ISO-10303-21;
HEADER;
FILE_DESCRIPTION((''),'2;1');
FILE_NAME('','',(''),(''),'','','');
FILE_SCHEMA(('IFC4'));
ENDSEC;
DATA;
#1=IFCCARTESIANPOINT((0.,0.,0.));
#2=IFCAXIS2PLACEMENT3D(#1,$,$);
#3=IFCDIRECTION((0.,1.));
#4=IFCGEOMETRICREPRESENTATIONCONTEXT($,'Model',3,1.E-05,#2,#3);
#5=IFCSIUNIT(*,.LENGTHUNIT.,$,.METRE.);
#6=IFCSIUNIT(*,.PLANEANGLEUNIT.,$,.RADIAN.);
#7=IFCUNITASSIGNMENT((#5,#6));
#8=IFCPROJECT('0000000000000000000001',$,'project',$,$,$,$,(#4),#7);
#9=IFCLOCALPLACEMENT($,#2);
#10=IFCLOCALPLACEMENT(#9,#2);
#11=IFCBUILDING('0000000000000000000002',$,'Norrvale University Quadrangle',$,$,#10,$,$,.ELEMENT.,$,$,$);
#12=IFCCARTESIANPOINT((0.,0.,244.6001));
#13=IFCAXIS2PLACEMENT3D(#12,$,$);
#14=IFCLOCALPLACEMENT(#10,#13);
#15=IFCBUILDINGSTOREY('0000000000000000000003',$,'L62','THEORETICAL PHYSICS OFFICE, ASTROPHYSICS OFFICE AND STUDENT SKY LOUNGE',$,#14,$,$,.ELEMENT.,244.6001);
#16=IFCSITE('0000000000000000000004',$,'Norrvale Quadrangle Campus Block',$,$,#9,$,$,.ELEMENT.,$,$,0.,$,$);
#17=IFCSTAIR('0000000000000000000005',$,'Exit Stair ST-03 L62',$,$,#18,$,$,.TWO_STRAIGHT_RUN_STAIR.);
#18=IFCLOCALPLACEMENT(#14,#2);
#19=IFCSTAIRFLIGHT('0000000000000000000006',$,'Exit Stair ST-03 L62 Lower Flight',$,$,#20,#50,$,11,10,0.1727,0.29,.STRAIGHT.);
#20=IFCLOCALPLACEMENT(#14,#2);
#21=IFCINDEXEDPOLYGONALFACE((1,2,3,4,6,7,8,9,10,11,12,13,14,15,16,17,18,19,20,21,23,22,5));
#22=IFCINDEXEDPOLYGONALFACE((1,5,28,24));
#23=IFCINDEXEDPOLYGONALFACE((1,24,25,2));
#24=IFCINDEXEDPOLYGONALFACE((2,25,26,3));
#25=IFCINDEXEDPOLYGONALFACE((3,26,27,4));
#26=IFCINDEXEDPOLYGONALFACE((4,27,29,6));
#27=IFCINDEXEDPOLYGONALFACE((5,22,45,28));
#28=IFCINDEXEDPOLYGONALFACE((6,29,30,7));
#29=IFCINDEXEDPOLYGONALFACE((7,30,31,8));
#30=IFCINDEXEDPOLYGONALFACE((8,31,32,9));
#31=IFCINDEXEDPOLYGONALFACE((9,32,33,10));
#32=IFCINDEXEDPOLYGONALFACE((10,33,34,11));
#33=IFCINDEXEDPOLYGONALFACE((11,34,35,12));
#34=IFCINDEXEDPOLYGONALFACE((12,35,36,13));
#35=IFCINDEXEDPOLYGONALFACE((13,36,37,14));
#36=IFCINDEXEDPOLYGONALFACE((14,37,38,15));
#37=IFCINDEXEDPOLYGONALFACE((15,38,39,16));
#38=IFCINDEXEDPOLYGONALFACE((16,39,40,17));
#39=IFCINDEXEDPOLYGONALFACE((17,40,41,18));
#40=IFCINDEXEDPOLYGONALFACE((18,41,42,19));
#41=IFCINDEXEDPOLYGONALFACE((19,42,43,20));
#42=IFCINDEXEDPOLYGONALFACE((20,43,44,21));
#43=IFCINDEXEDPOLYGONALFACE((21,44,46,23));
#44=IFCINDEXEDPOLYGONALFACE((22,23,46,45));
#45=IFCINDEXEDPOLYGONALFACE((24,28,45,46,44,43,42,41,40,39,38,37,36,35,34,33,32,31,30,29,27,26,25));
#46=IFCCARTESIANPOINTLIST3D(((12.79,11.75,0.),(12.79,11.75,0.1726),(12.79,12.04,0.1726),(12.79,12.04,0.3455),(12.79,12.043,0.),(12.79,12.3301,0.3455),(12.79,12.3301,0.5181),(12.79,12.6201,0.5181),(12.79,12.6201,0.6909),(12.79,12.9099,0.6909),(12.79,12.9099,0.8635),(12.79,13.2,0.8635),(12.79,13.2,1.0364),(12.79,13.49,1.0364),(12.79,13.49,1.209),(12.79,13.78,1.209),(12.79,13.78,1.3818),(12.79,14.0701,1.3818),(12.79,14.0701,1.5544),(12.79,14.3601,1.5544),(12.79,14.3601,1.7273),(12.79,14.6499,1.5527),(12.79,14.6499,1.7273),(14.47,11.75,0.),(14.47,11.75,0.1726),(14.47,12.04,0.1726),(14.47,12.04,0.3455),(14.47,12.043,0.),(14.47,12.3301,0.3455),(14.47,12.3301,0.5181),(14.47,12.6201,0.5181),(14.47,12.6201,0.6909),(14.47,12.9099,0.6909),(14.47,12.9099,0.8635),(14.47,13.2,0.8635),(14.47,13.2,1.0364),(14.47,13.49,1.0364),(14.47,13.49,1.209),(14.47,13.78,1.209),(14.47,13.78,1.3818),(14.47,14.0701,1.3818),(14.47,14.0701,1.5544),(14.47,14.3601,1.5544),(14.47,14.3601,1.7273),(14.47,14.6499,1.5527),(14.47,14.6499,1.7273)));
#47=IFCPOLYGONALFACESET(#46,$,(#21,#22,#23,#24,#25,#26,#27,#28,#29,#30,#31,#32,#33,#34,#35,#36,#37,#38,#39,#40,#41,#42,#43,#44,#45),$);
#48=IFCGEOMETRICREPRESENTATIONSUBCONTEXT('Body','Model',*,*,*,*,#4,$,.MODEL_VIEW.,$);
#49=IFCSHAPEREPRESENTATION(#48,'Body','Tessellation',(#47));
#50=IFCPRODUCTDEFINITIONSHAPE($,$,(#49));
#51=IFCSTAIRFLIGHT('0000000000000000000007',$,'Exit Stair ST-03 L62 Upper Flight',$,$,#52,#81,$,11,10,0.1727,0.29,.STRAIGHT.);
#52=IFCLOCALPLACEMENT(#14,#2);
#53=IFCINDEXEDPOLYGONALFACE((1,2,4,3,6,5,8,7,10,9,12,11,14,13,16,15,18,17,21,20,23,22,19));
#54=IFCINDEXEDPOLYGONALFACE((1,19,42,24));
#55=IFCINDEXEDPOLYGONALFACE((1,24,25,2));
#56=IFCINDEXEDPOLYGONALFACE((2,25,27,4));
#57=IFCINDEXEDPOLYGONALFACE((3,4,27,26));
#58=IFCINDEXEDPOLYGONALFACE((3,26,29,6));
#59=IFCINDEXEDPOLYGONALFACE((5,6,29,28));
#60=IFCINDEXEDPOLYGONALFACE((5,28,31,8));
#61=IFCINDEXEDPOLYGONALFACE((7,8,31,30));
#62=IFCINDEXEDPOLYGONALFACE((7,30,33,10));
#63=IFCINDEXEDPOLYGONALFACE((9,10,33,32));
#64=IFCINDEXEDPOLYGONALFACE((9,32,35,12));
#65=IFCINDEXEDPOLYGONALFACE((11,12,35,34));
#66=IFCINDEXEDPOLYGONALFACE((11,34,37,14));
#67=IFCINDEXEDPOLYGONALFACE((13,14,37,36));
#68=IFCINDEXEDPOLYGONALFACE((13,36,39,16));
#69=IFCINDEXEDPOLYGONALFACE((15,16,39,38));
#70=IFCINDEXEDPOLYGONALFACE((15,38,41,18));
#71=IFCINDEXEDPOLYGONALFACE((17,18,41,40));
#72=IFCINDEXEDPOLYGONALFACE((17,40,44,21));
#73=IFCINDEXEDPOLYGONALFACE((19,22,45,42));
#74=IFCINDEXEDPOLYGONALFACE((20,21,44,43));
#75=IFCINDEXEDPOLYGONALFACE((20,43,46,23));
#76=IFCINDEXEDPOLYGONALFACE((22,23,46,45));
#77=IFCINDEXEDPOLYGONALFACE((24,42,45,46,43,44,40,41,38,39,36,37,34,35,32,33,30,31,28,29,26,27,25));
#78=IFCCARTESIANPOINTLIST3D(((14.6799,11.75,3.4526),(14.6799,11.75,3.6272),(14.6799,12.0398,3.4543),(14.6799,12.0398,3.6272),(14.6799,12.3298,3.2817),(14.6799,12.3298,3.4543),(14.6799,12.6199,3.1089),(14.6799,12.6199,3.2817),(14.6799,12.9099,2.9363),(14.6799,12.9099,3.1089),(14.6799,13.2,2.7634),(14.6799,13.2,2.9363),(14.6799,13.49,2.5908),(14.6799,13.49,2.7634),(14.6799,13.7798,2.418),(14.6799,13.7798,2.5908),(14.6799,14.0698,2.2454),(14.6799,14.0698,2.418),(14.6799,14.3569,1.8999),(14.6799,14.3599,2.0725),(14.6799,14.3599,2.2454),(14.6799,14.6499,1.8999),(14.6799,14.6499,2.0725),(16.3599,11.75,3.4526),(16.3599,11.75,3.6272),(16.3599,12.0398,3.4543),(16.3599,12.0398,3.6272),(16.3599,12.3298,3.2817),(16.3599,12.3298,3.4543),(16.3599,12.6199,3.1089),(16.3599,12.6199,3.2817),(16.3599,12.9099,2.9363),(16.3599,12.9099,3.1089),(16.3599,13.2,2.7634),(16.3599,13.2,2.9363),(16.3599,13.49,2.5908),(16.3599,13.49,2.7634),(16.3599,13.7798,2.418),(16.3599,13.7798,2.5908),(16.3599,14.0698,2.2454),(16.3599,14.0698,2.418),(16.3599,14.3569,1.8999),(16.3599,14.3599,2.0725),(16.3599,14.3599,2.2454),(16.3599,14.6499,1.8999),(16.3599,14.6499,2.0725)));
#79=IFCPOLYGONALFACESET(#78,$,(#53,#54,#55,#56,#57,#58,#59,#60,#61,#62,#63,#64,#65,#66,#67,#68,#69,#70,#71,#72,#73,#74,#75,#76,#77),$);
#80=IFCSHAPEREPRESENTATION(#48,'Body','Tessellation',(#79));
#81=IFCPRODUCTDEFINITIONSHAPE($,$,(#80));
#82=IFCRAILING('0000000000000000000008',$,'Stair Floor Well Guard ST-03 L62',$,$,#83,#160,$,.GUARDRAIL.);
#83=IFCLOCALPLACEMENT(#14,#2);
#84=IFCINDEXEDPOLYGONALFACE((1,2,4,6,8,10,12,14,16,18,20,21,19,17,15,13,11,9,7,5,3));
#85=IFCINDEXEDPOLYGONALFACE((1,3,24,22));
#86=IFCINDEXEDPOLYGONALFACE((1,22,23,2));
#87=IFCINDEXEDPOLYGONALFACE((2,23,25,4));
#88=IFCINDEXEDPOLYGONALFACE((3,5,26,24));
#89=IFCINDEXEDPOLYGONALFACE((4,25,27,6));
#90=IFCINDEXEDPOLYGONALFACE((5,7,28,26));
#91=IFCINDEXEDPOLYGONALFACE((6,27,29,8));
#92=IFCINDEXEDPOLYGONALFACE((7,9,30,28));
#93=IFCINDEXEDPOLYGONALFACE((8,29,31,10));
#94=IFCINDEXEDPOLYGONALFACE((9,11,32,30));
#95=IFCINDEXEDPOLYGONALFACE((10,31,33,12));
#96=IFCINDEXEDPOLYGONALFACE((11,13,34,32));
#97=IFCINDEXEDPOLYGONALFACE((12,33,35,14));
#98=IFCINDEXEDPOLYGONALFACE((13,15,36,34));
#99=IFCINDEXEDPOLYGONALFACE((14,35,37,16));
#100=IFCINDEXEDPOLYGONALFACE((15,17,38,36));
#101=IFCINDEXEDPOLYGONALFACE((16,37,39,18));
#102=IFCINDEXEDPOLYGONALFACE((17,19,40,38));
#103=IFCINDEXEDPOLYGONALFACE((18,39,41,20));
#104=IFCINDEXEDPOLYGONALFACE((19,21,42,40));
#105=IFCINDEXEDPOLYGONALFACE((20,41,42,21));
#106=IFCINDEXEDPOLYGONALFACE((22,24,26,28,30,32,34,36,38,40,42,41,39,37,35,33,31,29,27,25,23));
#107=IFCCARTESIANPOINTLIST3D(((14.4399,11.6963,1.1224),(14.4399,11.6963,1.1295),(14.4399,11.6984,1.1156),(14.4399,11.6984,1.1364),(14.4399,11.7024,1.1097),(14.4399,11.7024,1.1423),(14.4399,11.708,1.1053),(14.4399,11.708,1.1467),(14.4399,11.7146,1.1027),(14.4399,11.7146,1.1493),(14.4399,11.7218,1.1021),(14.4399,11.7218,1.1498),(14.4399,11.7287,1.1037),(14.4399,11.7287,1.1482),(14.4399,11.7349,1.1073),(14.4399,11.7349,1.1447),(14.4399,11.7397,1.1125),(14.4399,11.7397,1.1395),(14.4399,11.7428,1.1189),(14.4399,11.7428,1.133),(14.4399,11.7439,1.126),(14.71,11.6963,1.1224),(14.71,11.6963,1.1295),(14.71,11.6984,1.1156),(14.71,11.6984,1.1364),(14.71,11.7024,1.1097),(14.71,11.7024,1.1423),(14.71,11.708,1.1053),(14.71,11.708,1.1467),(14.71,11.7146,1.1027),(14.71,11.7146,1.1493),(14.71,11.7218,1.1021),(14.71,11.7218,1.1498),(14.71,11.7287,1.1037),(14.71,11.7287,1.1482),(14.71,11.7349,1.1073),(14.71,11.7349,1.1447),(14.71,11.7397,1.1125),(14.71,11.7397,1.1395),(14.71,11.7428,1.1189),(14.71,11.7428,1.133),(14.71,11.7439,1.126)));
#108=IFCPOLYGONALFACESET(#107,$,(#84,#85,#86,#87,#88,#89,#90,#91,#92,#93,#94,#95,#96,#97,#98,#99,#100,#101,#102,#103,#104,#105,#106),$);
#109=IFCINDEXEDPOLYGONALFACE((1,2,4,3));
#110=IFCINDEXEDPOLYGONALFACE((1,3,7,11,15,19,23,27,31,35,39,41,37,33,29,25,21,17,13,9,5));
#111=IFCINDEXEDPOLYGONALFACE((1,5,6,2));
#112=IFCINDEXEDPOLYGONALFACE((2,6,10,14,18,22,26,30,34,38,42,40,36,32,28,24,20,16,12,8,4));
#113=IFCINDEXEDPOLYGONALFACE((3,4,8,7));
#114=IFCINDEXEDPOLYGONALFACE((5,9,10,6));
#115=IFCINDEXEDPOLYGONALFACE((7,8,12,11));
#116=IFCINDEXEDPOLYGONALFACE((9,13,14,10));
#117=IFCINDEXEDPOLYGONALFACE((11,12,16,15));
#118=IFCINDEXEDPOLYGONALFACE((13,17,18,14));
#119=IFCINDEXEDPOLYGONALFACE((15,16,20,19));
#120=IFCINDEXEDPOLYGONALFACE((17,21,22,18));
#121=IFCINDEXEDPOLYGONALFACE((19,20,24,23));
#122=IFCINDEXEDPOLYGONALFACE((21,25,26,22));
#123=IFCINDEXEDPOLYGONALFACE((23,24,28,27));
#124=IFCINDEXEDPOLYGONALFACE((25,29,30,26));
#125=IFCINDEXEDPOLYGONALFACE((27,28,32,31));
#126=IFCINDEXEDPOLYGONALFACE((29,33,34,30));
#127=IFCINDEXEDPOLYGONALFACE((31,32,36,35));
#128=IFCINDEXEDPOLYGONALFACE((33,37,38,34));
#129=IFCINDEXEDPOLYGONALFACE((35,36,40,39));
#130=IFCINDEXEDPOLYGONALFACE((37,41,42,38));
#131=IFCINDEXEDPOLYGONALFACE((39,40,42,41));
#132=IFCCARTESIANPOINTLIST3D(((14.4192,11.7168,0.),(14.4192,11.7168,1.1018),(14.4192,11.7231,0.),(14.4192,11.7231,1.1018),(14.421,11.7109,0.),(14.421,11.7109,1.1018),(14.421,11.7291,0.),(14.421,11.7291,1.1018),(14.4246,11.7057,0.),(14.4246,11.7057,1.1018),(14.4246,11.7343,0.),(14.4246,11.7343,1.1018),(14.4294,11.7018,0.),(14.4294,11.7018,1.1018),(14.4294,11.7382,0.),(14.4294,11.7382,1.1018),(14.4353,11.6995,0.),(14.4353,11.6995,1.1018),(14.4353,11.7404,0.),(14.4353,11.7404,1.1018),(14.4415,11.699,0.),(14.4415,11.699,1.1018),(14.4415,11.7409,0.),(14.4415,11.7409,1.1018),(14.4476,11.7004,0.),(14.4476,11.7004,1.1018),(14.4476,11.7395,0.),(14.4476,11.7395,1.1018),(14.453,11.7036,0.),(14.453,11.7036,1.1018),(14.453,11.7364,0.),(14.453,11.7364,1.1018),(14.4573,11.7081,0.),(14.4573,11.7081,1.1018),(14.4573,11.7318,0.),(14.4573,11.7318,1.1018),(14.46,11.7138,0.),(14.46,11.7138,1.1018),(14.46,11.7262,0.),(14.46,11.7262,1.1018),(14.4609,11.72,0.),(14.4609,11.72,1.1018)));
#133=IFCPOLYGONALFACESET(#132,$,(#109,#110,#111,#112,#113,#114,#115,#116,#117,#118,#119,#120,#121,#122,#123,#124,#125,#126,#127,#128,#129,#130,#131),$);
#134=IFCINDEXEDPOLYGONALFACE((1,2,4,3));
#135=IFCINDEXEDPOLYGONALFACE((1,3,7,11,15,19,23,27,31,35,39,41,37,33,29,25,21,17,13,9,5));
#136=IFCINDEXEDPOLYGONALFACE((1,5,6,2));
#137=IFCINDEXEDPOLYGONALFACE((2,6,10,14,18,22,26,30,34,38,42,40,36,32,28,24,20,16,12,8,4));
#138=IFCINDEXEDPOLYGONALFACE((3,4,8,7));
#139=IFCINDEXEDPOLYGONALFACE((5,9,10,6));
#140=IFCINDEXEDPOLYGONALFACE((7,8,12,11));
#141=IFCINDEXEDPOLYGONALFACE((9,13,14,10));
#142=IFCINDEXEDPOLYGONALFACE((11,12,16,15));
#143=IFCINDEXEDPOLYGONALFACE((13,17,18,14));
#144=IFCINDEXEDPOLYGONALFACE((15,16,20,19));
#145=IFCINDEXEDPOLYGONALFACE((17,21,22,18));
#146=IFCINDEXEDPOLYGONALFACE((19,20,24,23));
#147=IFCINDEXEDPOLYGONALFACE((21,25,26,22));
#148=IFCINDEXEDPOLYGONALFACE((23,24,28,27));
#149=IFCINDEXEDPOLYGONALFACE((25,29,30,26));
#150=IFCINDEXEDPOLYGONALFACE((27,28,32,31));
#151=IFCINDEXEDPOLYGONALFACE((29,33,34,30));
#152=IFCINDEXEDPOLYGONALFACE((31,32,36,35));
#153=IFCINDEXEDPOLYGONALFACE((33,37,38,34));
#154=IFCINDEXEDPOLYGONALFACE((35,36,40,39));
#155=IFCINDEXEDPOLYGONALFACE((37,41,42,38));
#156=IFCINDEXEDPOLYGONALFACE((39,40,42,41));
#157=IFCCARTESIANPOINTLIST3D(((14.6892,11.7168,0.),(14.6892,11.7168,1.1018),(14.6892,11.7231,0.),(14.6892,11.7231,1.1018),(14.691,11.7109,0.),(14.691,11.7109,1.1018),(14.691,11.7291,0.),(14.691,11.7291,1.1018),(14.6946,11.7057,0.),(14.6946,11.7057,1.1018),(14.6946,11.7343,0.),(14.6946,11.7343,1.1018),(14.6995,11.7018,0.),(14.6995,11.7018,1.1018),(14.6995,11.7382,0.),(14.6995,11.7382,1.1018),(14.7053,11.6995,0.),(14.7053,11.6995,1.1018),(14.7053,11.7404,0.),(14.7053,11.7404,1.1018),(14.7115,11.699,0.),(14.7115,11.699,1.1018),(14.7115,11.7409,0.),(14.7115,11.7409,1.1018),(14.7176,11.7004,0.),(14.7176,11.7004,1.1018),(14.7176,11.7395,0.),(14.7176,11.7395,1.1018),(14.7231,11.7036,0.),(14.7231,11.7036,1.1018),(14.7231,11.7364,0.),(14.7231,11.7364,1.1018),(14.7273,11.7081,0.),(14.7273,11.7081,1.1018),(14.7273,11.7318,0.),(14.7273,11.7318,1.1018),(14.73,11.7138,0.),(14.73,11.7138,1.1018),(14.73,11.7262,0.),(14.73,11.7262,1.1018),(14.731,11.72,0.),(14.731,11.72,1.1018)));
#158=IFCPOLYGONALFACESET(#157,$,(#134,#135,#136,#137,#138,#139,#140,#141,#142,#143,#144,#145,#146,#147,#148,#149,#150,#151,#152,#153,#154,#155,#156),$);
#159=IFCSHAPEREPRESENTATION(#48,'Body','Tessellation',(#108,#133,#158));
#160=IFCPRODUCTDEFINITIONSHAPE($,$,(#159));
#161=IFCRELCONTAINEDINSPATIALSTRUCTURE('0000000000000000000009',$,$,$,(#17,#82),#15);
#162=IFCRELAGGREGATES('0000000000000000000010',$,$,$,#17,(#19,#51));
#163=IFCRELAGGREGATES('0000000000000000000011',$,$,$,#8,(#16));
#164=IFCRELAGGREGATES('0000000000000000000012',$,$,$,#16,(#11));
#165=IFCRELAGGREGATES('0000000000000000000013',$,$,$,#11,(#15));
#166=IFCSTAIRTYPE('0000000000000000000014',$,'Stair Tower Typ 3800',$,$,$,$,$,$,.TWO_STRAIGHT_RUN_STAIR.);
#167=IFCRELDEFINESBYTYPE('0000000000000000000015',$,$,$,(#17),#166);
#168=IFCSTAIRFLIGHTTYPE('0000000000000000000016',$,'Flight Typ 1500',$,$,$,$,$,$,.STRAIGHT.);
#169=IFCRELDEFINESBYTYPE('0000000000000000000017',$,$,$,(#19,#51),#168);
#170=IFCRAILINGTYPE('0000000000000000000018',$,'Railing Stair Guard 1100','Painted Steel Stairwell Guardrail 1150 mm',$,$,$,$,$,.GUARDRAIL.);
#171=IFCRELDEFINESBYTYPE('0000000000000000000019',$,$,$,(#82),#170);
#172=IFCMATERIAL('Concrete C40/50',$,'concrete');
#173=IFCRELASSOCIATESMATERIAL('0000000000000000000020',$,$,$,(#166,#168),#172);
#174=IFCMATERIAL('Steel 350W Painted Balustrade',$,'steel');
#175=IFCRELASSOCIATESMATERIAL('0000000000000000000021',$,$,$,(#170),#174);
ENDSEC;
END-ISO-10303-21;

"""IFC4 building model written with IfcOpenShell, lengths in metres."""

from ifc_helpers import new_model, si_unit, direction, frame, origin, origin_2d, place, context, subcontext, project, spatial, polyline, circle, outline, extrude, material, type_object, element, aggregate, save


model = new_model("IFC4")

# Units and contexts
model_context = context("Model", 3, precision=1e-05, world=origin(), true_north=direction((0.0, 1.0)))
body_context = subcontext(model_context, "Body", "Model", "MODEL_VIEW")
ifc_project = project(units=[si_unit("LENGTHUNIT", "METRE"), si_unit("PLANEANGLEUNIT", "RADIAN")], contexts=[model_context])

# Site, building, storey
site_placement = place(None, origin())
site = spatial("IfcSite", under=ifc_project, at=site_placement, Name="Norrvale Quadrangle Campus Block", CompositionType="ELEMENT", RefElevation=0.0)
building_placement = place(site_placement, origin())
building = spatial("IfcBuilding", under=site, at=building_placement, Name="Norrvale University Quadrangle", CompositionType="ELEMENT")
storey_placement = place(building_placement, frame((0.0, 0.0, 244.6001)))
storey = spatial("IfcBuildingStorey", under=building, at=storey_placement, Name="L62", Description="THEORETICAL PHYSICS OFFICE, ASTROPHYSICS OFFICE AND STUDENT SKY LOUNGE", CompositionType="ELEMENT", Elevation=244.6001)

# Stair, stair flights
ifc_material_1 = material(Name="Concrete C40/50", Category="concrete")
stair_type = type_object("IfcStairType", Name="Stair Tower Typ 3800", PredefinedType="TWO_STRAIGHT_RUN_STAIR", material=ifc_material_1)
stair_placement = place(storey_placement, origin())
stair = element("IfcStair", 1, at=stair_placement, inside=storey, type_object=stair_type, Name="Exit Stair ST-03 L62", PredefinedType="TWO_STRAIGHT_RUN_STAIR")
stair_flight_type = type_object("IfcStairFlightType", Name="Flight Typ 1500", PredefinedType="STRAIGHT", material=ifc_material_1)
stair_flight_1_placement = place(storey_placement, frame((13.6299, 11.75, 0.0), z_axis=(0.0, 0.0, 1.0), x_axis=(0.0, 1.0, 0.0)))
stair_flight_1 = element("IfcStairFlight", 2, at=stair_flight_1_placement, type_object=stair_flight_type, Name="Exit Stair ST-03 L62 Lower Flight", NumberOfRisers=11, NumberOfTreads=10, PredefinedType="STRAIGHT", RiserHeight=0.1727, TreadLength=0.29, context=body_context, shape_type="SweptSolid", body=[
    extrude(outline(polyline([(0.0, 0.0), (0.0, 0.1726), (0.29, 0.1726), (0.29, 0.3455), (0.5801, 0.3455), (0.5801, 0.5181), (0.8701, 0.5181), (0.8701, 0.6909), (1.1599, 0.6909), (1.1599, 0.8635), (1.45, 0.8635), (1.45, 1.0364), (1.74, 1.0364), (1.74, 1.209), (2.03, 1.209), (2.03, 1.3818), (2.3201, 1.3818), (2.3201, 1.5544), (2.6101, 1.5544), (2.6101, 1.7273), (2.8999, 1.7273), (2.8999, 1.8999), (2.8999, 1.5527), (0.293, 0.0), (0.0, 0.0)])), frame((0.0, 0.8398, 0.0), z_axis=(0.0, -1.0, 0.0), x_axis=(1.0, 0.0, 0.0)), (0.0, 0.0, 1.0), 1.6799),
])
stair_flight_2_placement = place(storey_placement, frame((15.52, 14.6499, 1.8999), z_axis=(0.0, 0.0, 1.0), x_axis=(0.0, -1.0, 0.0)))
stair_flight_2 = element("IfcStairFlight", 3, at=stair_flight_2_placement, type_object=stair_flight_type, Name="Exit Stair ST-03 L62 Upper Flight", NumberOfRisers=11, NumberOfTreads=10, PredefinedType="STRAIGHT", RiserHeight=0.1727, TreadLength=0.29, context=body_context, shape_type="SweptSolid", body=[
    extrude(outline(polyline([(0.0, 0.0), (0.0, 0.1726), (0.29, 0.1726), (0.29, 0.3455), (0.5801, 0.3455), (0.5801, 0.5181), (0.8701, 0.5181), (0.8701, 0.6909), (1.1599, 0.6909), (1.1599, 0.8635), (1.45, 0.8635), (1.45, 1.0364), (1.74, 1.0364), (1.74, 1.209), (2.03, 1.209), (2.03, 1.3818), (2.3201, 1.3818), (2.3201, 1.5544), (2.6101, 1.5544), (2.6101, 1.7273), (2.8999, 1.7273), (2.8999, 1.8999), (2.8999, 1.5527), (0.293, 0.0), (0.0, 0.0)])), frame((0.0, 0.8398, 0.0), z_axis=(0.0, -1.0, 0.0), x_axis=(1.0, 0.0, 0.0)), (0.0, 0.0, 1.0), 1.6799),
])
aggregate(stair, [stair_flight_1, stair_flight_2])

# Railing
ifc_material_2 = material(Name="Steel 350W Painted Balustrade", Category="steel")
railing_type_1 = type_object("IfcRailingType", Name="Railing Stair Guard 1100", Description="Painted Steel Stairwell Guardrail 1150 mm", PredefinedType="GUARDRAIL", material=ifc_material_2)
for number, where, name in (
    (4, (14.4399, 11.72, 0.0), "Stair Floor Well Guard ST-03 L62"),
):
    element("IfcRailing", number, at=place(storey_placement, frame(where)), inside=storey, type_object=railing_type_1, Name=name, PredefinedType="GUARDRAIL", context=body_context, shape_type="SweptSolid", body=[
        extrude(circle(Radius=0.0239, at=origin_2d()), frame((0.0, 0.0, 1.126), z_axis=(1.0, 0.0, 0.0), x_axis=(0.0, 1.0, 0.0)), (0.0, 0.0, 1.0), 0.27),
        extrude(circle(Radius=0.021, at=origin_2d()), origin(), (0.0, 0.0, 1.0), 1.1018),
        extrude(circle(Radius=0.021, at=origin_2d()), frame((0.27, 0.0, 0.0)), (0.0, 0.0, 1.0), 1.1018),
    ])

save(model, "model.ifc")
